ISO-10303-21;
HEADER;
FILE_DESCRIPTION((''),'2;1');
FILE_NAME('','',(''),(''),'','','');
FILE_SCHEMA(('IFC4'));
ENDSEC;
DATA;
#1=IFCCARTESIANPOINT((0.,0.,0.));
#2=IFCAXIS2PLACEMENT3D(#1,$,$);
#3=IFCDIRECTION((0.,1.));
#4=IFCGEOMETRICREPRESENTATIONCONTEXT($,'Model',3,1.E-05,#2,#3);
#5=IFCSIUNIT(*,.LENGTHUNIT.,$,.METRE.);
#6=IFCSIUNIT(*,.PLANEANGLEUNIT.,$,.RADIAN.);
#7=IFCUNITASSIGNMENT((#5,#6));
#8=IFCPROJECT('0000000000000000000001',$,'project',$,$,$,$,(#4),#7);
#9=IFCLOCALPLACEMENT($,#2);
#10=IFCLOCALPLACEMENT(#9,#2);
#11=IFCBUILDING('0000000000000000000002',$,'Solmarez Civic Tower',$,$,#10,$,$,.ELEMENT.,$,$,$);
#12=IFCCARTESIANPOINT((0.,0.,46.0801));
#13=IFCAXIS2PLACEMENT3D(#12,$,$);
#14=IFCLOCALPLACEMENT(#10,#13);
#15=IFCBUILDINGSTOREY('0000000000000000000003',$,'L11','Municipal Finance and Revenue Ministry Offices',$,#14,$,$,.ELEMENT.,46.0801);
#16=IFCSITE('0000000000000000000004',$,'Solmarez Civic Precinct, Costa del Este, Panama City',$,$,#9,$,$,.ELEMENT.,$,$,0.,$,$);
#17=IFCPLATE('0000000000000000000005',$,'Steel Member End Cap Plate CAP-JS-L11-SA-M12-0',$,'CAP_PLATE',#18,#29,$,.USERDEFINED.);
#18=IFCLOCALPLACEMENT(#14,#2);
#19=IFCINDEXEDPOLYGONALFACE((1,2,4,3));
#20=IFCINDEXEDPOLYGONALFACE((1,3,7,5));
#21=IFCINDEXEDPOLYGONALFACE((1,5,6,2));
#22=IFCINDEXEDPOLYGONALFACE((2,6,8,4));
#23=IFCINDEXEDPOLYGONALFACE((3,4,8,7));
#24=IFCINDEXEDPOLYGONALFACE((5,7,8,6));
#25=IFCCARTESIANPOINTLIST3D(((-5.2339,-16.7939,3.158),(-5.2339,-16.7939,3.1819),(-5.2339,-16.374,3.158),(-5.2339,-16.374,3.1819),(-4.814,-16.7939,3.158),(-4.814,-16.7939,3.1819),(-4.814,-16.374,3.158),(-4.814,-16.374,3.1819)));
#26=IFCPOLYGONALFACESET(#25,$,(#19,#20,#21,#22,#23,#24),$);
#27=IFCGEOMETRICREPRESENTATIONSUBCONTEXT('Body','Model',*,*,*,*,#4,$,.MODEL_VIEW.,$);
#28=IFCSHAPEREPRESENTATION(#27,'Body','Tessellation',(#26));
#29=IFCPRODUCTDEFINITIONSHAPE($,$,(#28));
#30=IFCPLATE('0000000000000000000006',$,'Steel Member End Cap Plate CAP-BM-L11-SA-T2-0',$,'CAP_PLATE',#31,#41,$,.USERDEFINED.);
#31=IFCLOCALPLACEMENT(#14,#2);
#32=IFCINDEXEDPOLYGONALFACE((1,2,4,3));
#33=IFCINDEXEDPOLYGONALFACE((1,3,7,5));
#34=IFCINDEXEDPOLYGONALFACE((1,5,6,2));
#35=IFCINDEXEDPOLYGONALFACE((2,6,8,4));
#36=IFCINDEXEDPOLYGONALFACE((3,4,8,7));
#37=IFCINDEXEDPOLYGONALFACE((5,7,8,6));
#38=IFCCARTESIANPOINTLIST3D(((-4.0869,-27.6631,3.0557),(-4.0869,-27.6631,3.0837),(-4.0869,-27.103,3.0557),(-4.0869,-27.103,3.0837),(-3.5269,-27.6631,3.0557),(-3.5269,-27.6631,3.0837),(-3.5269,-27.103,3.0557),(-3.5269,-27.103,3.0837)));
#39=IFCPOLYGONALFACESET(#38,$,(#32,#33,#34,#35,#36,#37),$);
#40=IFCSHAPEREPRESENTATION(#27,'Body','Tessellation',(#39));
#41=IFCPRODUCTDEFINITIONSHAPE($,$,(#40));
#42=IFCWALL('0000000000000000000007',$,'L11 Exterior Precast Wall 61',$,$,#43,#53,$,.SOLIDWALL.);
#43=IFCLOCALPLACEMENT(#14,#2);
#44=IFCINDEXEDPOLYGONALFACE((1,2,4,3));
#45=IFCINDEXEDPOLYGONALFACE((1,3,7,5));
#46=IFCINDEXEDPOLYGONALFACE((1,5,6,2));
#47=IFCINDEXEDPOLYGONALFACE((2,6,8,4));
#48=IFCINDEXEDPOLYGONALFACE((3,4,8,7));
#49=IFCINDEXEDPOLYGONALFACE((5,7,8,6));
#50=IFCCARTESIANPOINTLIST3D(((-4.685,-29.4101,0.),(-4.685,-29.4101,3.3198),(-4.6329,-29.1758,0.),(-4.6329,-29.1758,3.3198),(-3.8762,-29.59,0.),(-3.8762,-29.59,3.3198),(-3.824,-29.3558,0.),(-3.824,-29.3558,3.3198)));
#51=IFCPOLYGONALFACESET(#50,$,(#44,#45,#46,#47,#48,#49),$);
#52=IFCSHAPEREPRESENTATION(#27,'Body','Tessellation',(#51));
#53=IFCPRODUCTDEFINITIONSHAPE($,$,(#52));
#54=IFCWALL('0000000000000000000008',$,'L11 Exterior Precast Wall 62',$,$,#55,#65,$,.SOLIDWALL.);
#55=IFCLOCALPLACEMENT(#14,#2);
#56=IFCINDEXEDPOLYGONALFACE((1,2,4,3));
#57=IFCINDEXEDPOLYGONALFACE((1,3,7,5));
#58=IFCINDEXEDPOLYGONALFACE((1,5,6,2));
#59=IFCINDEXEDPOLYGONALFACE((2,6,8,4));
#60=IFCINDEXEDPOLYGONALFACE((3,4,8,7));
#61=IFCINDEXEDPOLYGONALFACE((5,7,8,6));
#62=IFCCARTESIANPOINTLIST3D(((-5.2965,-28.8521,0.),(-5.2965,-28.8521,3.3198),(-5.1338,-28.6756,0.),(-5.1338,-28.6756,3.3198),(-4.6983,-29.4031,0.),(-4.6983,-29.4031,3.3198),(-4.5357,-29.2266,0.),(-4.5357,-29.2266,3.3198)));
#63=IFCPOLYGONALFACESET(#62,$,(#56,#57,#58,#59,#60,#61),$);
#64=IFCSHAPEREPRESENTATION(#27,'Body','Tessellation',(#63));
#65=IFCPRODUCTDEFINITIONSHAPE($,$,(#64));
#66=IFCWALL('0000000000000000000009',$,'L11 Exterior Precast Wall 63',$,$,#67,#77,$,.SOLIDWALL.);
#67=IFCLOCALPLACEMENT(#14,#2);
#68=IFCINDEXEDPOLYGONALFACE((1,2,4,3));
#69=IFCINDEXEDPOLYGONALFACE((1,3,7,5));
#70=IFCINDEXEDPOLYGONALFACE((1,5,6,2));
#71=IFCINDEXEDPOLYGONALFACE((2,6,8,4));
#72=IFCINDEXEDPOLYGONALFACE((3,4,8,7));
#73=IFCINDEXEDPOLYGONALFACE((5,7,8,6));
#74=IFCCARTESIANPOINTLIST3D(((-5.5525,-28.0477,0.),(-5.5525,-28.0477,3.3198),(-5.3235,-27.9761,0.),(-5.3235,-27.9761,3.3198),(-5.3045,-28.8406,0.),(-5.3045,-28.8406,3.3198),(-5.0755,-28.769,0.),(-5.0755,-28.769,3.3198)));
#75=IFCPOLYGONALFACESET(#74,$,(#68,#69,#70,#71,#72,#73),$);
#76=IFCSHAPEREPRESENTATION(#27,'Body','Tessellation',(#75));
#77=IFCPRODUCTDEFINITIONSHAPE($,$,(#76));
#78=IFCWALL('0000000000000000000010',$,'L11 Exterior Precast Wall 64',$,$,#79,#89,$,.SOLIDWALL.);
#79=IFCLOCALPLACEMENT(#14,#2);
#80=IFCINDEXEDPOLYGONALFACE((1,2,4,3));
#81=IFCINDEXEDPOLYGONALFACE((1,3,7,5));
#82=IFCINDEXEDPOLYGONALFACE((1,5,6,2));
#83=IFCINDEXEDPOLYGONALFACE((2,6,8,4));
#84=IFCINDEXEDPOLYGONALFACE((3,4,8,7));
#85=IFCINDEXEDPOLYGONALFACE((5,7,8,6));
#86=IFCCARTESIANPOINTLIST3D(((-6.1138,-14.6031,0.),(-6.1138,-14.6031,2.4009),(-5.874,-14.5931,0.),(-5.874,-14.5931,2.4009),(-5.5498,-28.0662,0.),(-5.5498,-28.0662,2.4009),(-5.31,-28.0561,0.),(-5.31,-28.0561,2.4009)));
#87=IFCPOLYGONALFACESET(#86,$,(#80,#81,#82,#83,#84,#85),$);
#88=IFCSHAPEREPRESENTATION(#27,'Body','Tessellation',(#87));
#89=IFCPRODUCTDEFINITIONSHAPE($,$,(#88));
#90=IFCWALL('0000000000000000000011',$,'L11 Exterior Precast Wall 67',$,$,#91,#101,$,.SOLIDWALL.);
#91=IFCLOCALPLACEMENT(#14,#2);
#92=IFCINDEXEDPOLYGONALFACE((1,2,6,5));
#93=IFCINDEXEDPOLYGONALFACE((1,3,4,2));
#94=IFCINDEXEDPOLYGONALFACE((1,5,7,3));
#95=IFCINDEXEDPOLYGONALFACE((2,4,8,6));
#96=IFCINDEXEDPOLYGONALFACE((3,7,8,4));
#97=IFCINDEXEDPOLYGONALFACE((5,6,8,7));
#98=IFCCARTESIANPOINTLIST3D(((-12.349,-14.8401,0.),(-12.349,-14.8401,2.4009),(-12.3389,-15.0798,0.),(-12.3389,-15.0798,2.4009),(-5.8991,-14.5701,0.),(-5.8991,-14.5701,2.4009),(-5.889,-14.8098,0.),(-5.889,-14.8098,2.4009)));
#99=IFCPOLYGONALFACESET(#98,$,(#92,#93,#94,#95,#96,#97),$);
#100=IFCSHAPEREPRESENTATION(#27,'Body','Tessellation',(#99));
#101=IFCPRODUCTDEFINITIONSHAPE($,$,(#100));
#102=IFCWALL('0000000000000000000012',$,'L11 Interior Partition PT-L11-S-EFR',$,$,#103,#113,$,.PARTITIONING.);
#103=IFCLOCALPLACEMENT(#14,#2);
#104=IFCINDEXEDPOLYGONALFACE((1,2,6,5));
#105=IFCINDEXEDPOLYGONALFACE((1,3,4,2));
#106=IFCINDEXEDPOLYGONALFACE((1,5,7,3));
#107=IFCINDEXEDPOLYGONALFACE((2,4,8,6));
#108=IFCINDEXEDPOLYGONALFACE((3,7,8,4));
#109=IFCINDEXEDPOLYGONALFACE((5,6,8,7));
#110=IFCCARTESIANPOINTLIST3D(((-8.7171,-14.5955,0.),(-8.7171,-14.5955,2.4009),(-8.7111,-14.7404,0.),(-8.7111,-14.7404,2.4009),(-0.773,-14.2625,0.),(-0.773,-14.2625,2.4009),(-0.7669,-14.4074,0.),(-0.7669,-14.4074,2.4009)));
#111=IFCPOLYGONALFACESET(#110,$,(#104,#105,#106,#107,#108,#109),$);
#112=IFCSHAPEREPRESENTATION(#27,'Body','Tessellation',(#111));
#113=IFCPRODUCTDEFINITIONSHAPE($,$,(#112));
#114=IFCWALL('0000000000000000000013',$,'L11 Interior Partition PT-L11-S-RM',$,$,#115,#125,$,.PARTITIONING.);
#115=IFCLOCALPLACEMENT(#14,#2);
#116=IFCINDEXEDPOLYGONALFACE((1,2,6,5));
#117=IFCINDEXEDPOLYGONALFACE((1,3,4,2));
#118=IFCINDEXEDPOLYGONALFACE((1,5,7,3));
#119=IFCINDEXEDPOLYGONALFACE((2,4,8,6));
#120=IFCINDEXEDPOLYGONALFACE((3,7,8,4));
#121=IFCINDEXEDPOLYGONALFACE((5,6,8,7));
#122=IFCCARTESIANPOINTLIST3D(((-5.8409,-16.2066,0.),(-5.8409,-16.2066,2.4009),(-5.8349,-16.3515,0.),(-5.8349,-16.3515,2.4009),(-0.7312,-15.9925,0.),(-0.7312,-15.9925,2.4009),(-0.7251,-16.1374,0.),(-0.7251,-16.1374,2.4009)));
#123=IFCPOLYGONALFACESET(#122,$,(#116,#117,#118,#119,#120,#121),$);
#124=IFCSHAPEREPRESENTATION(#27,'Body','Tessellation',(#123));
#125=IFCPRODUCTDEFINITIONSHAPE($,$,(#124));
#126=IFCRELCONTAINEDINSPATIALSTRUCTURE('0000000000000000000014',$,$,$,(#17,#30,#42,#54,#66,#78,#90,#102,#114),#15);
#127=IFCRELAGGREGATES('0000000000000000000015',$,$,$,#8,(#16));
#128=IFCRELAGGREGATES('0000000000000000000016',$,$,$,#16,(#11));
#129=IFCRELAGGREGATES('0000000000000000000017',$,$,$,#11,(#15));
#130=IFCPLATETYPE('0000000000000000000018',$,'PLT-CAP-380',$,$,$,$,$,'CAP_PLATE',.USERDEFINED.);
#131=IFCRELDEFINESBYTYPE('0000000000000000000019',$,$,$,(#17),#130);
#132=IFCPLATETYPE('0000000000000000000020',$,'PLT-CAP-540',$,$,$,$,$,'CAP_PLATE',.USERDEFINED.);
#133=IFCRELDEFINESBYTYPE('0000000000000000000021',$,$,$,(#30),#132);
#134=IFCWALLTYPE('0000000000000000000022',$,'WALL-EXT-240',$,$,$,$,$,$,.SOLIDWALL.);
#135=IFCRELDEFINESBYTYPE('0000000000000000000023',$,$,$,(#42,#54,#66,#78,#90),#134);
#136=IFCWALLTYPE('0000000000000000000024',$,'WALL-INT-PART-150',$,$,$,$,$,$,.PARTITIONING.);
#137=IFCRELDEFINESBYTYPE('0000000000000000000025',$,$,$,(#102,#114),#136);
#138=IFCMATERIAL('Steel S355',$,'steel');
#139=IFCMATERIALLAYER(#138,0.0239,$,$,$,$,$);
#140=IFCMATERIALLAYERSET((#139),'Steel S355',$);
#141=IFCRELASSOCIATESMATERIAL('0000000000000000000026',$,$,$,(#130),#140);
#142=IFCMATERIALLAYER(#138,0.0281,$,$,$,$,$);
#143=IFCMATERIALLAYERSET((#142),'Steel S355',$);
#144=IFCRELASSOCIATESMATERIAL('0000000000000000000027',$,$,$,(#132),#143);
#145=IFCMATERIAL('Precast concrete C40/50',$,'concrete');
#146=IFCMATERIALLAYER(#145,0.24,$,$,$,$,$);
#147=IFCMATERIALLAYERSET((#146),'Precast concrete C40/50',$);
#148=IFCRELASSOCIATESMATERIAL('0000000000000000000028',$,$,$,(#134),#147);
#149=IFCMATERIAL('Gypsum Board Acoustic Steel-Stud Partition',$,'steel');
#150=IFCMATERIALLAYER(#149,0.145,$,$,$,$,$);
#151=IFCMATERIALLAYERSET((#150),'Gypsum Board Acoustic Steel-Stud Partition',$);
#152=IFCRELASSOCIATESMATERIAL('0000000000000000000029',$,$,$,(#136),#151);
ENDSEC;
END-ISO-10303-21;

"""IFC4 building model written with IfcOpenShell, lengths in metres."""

from ifc_helpers import new_model, si_unit, direction, frame, frame_2d, origin, origin_2d, place, context, subcontext, project, spatial, rectangle, extrude, material, layer, layer_set, type_object, element, save


model = new_model("IFC4")

# Units and contexts
model_context = context("Model", 3, precision=1e-05, world=origin(), true_north=direction((0.0, 1.0)))
body_context = subcontext(model_context, "Body", "Model", "MODEL_VIEW")
ifc_project = project(units=[si_unit("LENGTHUNIT", "METRE"), si_unit("PLANEANGLEUNIT", "RADIAN")], contexts=[model_context])

# Site, building, storey
site_placement = place(None, origin())
site = spatial("IfcSite", under=ifc_project, at=site_placement, Name="Solmarez Civic Precinct, Costa del Este, Panama City", CompositionType="ELEMENT", RefElevation=0.0)
building_placement = place(site_placement, origin())
building = spatial("IfcBuilding", under=site, at=building_placement, Name="Solmarez Civic Tower", CompositionType="ELEMENT")
storey_placement = place(building_placement, frame((0.0, 0.0, 46.0801)))
storey = spatial("IfcBuildingStorey", under=building, at=storey_placement, Name="L11", Description="Municipal Finance and Revenue Ministry Offices", CompositionType="ELEMENT", Elevation=46.0801)

# Shared definitions
ifc_material_1 = material(Name="Steel S355", Category="steel")

# Plates
ifc_layer_1 = layer(ifc_material_1, 0.0239)
ifc_layer_set_1 = layer_set([ifc_layer_1], Name="Steel S355")
plate_type_1 = type_object("IfcPlateType", Name="PLT-CAP-380", ElementType="CAP_PLATE", PredefinedType="USERDEFINED", material=ifc_layer_set_1)
for number, where, z_axis, x_axis, name in (
    (1, (-5.0239, -16.584, 3.158), (0.0, 0.0, 1.0), (1.0, 0.0, 0.0), "Steel Member End Cap Plate CAP-JS-L11-SA-M12-0"),
):
    element("IfcPlate", number, at=place(storey_placement, frame(where, z_axis=z_axis, x_axis=x_axis)), inside=storey, type_object=plate_type_1, Name=name, ObjectType="CAP_PLATE", PredefinedType="USERDEFINED", context=body_context, shape_type="SweptSolid", body=[
        extrude(rectangle(XDim=0.4199, YDim=0.4199, at=origin_2d()), origin(), (0.0, 0.0, 1.0), 0.0239),
    ])
ifc_layer_2 = layer(ifc_material_1, 0.0281)
ifc_layer_set_2 = layer_set([ifc_layer_2], Name="Steel S355")
plate_type_2 = type_object("IfcPlateType", Name="PLT-CAP-540", ElementType="CAP_PLATE", PredefinedType="USERDEFINED", material=ifc_layer_set_2)
plate_placement = place(storey_placement, frame((-3.8069, -27.3831, 3.0557), z_axis=(0.0, 0.0, 1.0), x_axis=(1.0, 0.0, 0.0)))
element("IfcPlate", 2, at=plate_placement, inside=storey, type_object=plate_type_2, Name="Steel Member End Cap Plate CAP-BM-L11-SA-T2-0", ObjectType="CAP_PLATE", PredefinedType="USERDEFINED", context=body_context, shape_type="SweptSolid", body=[
    extrude(rectangle(XDim=0.5601, YDim=0.5601, at=origin_2d()), origin(), (0.0, 0.0, 1.0), 0.0281),
])

# Walls
ifc_material_2 = material(Name="Precast concrete C40/50", Category="concrete")
ifc_layer_3 = layer(ifc_material_2, 0.24)
ifc_layer_set_3 = layer_set([ifc_layer_3], Name="Precast concrete C40/50")
wall_type_1 = type_object("IfcWallType", Name="WALL-EXT-240", PredefinedType="SOLIDWALL", material=ifc_layer_set_3)
wall_1_placement = place(storey_placement, frame((-3.8501, -29.4729, 0.0), z_axis=(0.0, 0.0, 1.0), x_axis=(-0.976139, 0.217149, 0.0)))
element("IfcWall", 3, at=wall_1_placement, inside=storey, type_object=wall_type_1, Name="L11 Exterior Precast Wall 61", PredefinedType="SOLIDWALL", context=body_context, shape_type="SweptSolid", body=[
    extrude(rectangle(XDim=0.8286, YDim=0.24, at=frame_2d((0.4143, 0.0))), origin(), (0.0, 0.0, 1.0), 3.3198),
])
wall_2_placement = place(storey_placement, frame((-4.6169, -29.3149, 0.0), z_axis=(0.0, 0.0, 1.0), x_axis=(-0.735482, 0.677544, 0.0)))
element("IfcWall", 4, at=wall_2_placement, inside=storey, type_object=wall_type_1, Name="L11 Exterior Precast Wall 62", PredefinedType="SOLIDWALL", context=body_context, shape_type="SweptSolid", body=[
    extrude(rectangle(XDim=0.8132, YDim=0.24, at=frame_2d((0.4067, 0.0))), origin(), (0.0, 0.0, 1.0), 3.3198),
])
wall_3_placement = place(storey_placement, frame((-5.1899, -28.8049, 0.0), z_axis=(0.0, 0.0, 1.0), x_axis=(-0.298543, 0.954396, 0.0)))
element("IfcWall", 5, at=wall_3_placement, inside=storey, type_object=wall_type_1, Name="L11 Exterior Precast Wall 63", PredefinedType="SOLIDWALL", context=body_context, shape_type="SweptSolid", body=[
    extrude(rectangle(XDim=0.8308, YDim=0.24, at=frame_2d((0.4155, 0.0))), origin(), (0.0, 0.0, 1.0), 3.3198),
])
wall_4_placement = place(storey_placement, frame((-5.4299, -28.061, 0.0), z_axis=(0.0, 0.0, 1.0), x_axis=(-0.041853, 0.999124, 0.0)))
element("IfcWall", 6, at=wall_4_placement, inside=storey, type_object=wall_type_1, Name="L11 Exterior Precast Wall 64", PredefinedType="SOLIDWALL", context=body_context, shape_type="SweptSolid", body=[
    extrude(rectangle(XDim=13.4749, YDim=0.24, at=frame_2d((6.7373, 0.0))), origin(), (0.0, 0.0, 1.0), 2.4009),
])
wall_5_placement = place(storey_placement, frame((-5.894, -14.6899, 0.0), z_axis=(0.0, 0.0, 1.0), x_axis=(-0.999125, -0.041827, 0.0)))
element("IfcWall", 7, at=wall_5_placement, inside=storey, type_object=wall_type_1, Name="L11 Exterior Precast Wall 67", PredefinedType="SOLIDWALL", context=body_context, shape_type="SweptSolid", body=[
    extrude(rectangle(XDim=6.4556, YDim=0.24, at=frame_2d((3.2278, 0.0))), origin(), (0.0, 0.0, 1.0), 2.4009),
])
ifc_material_3 = material(Name="Gypsum Board Acoustic Steel-Stud Partition", Category="steel")
ifc_layer_4 = layer(ifc_material_3, 0.145)
ifc_layer_set_4 = layer_set([ifc_layer_4], Name="Gypsum Board Acoustic Steel-Stud Partition")
wall_type_2 = type_object("IfcWallType", Name="WALL-INT-PART-150", PredefinedType="PARTITIONING", material=ifc_layer_set_4)
wall_6_placement = place(storey_placement, frame((-8.7141, -14.668, 0.0), z_axis=(0.0, 0.0, 1.0), x_axis=(0.999123, 0.041882, 0.0)))
element("IfcWall", 8, at=wall_6_placement, inside=storey, type_object=wall_type_2, Name="L11 Interior Partition PT-L11-S-EFR", PredefinedType="PARTITIONING", context=body_context, shape_type="SweptSolid", body=[
    extrude(rectangle(XDim=7.9512, YDim=0.145, at=frame_2d((3.9756, 0.0))), origin(), (0.0, 0.0, 1.0), 2.4009),
])
wall_7_placement = place(storey_placement, frame((-5.8379, -16.2791, 0.0), z_axis=(0.0, 0.0, 1.0), x_axis=(0.999123, 0.041865, 0.0)))
element("IfcWall", 9, at=wall_7_placement, inside=storey, type_object=wall_type_2, Name="L11 Interior Partition PT-L11-S-RM", PredefinedType="PARTITIONING", context=body_context, shape_type="SweptSolid", body=[
    extrude(rectangle(XDim=5.1143, YDim=0.145, at=frame_2d((2.5571, 0.0))), origin(), (0.0, 0.0, 1.0), 2.4009),
])

save(model, "model.ifc")
